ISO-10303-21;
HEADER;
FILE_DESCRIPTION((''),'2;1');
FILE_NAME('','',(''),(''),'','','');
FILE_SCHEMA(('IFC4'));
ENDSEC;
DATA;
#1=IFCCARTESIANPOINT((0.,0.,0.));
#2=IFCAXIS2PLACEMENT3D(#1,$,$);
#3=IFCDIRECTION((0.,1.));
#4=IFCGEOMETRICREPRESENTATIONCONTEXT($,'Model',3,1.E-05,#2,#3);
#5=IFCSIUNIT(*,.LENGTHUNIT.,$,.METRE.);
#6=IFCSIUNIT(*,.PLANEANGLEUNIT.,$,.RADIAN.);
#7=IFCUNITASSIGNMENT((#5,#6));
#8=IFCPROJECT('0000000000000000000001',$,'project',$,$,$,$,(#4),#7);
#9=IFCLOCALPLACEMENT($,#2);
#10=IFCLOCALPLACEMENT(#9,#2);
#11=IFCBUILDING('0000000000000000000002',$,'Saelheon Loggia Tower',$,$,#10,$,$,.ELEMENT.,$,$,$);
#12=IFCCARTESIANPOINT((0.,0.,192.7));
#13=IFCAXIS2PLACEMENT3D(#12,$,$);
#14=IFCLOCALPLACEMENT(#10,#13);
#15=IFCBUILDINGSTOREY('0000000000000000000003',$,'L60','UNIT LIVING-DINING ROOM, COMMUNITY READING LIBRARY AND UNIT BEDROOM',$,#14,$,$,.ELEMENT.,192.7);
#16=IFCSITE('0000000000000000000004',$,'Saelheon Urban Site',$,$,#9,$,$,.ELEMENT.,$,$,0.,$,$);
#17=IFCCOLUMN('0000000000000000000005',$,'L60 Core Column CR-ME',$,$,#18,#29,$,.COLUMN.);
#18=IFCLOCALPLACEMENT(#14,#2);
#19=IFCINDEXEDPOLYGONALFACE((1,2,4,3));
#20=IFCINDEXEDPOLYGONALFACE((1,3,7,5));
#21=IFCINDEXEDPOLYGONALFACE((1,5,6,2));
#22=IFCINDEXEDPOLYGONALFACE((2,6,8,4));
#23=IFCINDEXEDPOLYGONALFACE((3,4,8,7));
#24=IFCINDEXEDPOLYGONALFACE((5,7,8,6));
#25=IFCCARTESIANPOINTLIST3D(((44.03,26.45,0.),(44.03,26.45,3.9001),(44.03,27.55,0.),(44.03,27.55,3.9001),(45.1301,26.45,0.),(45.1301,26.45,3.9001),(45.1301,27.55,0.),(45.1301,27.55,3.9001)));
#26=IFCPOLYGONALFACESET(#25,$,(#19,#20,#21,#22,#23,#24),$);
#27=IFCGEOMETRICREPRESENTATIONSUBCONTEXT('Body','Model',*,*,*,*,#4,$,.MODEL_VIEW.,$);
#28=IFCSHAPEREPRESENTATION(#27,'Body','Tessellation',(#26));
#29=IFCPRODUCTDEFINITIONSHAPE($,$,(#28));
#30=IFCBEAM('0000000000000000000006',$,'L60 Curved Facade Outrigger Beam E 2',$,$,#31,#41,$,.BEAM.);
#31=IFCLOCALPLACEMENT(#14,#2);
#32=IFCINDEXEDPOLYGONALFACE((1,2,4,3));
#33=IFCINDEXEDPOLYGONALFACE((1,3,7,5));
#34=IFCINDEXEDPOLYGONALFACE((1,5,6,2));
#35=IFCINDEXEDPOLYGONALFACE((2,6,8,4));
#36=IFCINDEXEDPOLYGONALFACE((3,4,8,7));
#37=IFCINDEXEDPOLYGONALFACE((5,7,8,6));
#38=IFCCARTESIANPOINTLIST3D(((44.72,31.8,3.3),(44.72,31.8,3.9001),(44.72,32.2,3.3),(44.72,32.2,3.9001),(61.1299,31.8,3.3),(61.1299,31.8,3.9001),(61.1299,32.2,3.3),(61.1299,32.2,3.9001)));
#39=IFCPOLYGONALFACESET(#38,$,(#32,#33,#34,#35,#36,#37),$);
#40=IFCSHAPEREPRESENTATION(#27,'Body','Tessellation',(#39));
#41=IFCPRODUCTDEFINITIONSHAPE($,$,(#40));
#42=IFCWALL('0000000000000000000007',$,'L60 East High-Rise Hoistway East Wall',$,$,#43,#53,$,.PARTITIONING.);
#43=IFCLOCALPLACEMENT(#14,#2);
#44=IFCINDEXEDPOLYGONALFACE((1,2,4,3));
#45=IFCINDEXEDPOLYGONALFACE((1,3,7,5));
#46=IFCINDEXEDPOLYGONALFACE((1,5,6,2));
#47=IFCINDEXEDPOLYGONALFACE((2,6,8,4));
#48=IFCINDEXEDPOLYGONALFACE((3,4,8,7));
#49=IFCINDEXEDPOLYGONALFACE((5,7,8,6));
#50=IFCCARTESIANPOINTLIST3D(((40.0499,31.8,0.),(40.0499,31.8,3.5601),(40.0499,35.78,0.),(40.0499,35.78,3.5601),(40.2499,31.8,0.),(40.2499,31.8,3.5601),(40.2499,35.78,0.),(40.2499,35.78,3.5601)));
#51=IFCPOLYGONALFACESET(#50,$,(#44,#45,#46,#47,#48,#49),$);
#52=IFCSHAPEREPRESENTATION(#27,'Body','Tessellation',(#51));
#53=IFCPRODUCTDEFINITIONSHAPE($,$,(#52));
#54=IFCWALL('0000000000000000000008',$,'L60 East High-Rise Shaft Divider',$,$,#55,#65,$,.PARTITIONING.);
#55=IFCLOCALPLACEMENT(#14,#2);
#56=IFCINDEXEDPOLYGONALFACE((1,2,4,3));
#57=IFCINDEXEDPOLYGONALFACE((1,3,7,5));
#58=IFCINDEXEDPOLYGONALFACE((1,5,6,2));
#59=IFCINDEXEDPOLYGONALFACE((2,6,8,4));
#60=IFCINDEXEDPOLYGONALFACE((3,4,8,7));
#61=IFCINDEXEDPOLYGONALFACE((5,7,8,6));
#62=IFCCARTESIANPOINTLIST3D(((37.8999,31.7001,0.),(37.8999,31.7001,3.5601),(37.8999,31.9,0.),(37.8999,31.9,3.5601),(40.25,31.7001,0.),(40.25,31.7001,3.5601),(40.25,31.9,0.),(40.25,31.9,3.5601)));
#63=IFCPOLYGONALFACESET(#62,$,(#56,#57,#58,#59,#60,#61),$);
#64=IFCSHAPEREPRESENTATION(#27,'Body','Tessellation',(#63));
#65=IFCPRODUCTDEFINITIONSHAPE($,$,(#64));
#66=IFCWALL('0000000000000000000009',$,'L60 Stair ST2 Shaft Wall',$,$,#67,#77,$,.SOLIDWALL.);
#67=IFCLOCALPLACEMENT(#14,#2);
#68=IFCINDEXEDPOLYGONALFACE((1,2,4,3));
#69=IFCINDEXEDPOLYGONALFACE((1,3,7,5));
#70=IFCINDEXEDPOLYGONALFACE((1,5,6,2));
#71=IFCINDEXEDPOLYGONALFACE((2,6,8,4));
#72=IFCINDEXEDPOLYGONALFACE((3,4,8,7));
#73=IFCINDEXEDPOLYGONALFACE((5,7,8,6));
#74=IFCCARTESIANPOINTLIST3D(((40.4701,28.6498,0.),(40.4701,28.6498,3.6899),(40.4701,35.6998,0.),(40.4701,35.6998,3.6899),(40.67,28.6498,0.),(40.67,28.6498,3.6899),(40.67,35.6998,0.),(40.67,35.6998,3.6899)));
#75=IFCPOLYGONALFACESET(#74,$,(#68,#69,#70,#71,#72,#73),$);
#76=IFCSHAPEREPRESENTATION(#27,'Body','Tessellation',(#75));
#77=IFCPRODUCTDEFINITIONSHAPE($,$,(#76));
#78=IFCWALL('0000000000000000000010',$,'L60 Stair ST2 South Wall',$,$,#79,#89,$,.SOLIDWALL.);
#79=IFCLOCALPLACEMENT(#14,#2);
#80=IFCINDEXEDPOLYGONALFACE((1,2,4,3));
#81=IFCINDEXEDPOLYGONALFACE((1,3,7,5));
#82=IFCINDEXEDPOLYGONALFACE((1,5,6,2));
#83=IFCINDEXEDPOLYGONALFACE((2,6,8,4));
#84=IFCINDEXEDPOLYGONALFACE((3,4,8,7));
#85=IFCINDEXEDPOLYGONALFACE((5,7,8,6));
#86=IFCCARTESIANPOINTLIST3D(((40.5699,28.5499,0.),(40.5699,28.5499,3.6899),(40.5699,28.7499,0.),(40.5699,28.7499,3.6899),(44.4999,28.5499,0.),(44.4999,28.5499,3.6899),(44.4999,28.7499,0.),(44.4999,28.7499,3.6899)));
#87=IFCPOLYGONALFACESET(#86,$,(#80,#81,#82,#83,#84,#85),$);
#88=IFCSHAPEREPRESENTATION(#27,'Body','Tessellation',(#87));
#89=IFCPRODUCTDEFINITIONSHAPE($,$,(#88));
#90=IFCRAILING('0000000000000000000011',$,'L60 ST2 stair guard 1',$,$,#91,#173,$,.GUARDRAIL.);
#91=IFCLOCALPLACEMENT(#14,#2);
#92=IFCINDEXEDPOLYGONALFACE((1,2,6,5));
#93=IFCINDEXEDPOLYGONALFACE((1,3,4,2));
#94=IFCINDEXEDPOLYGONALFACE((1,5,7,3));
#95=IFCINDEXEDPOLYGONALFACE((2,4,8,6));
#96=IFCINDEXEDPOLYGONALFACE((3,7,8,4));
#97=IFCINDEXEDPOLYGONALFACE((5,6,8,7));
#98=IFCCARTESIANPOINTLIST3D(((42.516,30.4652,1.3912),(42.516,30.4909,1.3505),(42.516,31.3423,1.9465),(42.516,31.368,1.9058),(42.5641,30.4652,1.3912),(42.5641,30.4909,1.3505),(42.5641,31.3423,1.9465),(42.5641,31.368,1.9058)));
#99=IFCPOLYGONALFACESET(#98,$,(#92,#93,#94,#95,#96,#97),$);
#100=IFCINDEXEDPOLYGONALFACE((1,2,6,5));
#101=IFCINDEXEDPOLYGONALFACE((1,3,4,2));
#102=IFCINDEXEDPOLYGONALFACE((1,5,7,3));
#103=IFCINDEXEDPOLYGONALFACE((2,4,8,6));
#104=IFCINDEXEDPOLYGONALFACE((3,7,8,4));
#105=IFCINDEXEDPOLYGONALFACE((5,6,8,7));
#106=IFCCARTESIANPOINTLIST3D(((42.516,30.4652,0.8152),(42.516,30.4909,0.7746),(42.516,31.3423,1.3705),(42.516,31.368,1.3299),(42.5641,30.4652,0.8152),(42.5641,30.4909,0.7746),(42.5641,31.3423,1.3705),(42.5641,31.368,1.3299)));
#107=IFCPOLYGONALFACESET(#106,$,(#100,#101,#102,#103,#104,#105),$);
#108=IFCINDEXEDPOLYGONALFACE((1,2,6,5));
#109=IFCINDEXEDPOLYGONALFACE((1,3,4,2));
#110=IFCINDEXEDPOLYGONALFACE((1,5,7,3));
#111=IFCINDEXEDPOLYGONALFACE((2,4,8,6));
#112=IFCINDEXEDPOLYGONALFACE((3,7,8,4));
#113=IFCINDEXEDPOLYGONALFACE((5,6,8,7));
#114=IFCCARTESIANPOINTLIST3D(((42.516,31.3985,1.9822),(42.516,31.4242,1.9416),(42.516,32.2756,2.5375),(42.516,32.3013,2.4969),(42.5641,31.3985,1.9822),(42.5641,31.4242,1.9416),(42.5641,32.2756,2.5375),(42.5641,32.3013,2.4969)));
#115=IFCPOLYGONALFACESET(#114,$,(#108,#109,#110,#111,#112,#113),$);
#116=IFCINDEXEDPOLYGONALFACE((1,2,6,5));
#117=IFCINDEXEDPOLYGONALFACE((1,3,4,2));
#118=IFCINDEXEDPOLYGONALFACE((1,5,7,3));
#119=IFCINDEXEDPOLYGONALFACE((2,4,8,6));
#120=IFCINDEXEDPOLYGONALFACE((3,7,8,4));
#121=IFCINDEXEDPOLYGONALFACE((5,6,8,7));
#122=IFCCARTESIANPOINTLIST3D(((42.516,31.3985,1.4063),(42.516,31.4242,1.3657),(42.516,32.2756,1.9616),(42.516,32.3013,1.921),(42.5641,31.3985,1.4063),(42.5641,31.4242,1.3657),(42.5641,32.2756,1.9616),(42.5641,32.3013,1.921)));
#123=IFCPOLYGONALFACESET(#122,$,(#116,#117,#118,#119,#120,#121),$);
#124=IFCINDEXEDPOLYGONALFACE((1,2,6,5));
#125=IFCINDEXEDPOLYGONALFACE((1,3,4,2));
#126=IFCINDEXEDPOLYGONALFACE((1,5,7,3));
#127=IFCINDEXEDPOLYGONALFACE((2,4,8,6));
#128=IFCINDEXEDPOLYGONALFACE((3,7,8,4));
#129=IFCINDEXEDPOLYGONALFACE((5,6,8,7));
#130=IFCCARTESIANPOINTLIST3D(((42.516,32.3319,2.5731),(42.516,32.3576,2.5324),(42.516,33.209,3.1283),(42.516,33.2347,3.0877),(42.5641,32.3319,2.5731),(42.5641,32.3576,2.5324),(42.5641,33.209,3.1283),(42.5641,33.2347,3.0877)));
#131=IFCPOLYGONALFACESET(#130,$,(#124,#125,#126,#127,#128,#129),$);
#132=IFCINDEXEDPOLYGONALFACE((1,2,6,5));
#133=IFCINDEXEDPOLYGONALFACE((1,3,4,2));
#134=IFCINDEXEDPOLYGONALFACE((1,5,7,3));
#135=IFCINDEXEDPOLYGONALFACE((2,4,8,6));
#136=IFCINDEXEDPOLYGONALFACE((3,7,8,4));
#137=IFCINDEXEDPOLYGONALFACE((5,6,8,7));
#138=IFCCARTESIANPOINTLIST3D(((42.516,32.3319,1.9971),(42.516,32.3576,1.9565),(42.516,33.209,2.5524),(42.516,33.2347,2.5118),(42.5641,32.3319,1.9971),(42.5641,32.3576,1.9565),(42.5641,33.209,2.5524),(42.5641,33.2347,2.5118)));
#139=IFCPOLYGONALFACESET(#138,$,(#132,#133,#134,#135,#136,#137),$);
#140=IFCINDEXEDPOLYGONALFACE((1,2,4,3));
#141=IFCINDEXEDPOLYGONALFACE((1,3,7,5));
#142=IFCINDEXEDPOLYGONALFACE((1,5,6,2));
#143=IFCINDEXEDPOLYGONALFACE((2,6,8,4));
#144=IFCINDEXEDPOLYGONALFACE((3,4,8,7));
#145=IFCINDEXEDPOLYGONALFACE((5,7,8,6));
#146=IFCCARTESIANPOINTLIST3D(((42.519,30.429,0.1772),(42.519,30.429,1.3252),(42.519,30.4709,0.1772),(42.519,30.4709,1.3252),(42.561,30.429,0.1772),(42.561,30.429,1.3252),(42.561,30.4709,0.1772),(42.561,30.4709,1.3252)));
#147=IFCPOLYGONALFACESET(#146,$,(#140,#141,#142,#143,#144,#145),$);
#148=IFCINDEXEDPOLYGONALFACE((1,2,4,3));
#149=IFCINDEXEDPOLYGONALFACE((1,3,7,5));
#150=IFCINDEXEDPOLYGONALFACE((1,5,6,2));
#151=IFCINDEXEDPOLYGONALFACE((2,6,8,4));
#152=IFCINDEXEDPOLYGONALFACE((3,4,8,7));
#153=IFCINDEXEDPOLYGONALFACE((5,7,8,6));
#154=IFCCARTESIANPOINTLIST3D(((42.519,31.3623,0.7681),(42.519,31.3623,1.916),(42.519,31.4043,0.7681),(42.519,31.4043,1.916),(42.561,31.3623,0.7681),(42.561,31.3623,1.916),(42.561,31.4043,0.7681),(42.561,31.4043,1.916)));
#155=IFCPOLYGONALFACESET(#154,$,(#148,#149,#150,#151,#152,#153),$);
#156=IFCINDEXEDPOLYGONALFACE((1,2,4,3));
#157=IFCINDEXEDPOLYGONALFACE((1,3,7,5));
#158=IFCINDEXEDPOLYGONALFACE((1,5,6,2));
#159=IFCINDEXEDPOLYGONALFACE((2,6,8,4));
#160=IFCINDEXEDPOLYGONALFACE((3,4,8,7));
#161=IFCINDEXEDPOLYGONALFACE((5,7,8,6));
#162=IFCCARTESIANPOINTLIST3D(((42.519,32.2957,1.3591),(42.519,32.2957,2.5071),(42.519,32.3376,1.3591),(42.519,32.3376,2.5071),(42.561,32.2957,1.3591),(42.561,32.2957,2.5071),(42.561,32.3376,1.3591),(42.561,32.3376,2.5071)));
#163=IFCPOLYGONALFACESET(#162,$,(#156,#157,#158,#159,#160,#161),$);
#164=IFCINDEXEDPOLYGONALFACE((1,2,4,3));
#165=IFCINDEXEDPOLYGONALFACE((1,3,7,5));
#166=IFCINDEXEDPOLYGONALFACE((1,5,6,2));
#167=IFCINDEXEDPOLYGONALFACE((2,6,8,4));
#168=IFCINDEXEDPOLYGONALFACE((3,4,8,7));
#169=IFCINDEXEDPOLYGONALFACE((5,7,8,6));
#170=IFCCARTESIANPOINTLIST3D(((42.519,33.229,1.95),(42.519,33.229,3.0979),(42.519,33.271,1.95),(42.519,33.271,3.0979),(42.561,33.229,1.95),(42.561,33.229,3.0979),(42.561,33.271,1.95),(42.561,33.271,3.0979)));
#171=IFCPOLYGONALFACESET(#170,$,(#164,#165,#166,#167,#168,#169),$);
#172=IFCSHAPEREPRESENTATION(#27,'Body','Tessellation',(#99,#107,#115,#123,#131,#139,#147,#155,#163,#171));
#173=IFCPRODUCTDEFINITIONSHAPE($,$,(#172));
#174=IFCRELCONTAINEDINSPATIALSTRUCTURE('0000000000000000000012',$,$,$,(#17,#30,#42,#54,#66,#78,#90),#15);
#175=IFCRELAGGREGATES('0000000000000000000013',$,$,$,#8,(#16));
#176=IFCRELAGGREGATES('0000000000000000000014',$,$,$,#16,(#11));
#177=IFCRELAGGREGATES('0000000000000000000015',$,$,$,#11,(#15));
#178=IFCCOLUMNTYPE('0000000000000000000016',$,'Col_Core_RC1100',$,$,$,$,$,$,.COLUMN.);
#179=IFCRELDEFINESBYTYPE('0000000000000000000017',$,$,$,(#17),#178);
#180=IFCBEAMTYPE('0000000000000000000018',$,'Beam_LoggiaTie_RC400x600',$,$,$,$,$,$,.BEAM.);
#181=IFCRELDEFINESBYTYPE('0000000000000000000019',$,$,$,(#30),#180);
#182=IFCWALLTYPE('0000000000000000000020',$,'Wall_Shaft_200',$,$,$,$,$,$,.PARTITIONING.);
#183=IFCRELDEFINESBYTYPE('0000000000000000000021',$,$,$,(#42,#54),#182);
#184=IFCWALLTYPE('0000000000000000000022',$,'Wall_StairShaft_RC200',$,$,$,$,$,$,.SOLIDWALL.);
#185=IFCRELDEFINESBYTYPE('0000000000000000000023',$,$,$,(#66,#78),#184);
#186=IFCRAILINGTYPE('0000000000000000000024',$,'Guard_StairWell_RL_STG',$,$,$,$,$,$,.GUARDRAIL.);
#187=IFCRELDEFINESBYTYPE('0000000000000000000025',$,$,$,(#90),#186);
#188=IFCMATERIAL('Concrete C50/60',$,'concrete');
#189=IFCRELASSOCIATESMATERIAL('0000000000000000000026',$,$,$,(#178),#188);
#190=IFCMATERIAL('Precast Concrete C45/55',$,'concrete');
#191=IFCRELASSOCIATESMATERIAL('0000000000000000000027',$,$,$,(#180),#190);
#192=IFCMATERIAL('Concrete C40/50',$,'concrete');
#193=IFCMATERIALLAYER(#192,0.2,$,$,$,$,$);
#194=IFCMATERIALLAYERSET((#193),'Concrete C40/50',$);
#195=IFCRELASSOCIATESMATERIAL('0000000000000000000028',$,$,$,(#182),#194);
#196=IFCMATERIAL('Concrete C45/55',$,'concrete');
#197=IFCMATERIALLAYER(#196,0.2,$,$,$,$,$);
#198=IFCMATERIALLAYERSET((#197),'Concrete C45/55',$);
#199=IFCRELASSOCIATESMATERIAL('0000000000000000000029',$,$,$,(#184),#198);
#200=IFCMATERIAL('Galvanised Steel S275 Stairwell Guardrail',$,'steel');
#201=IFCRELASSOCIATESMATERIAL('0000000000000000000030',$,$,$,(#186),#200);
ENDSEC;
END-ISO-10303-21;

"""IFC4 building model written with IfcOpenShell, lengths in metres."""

from ifc_helpers import new_model, si_unit, direction, frame, frame_2d, origin, origin_2d, place, context, subcontext, project, spatial, rectangle, extrude, source, transform, mapped, material, layer, layer_set, material_profile, profile_set, type_object, element, save


model = new_model("IFC4")

# Units and contexts
model_context = context("Model", 3, precision=1e-05, world=origin(), true_north=direction((0.0, 1.0)))
body_context = subcontext(model_context, "Body", "Model", "MODEL_VIEW")
ifc_project = project(units=[si_unit("LENGTHUNIT", "METRE"), si_unit("PLANEANGLEUNIT", "RADIAN")], contexts=[model_context])

# Site, building, storey
site_placement = place(None, origin())
site = spatial("IfcSite", under=ifc_project, at=site_placement, Name="Saelheon Urban Site", CompositionType="ELEMENT", RefElevation=0.0)
building_placement = place(site_placement, origin())
building = spatial("IfcBuilding", under=site, at=building_placement, Name="Saelheon Loggia Tower", CompositionType="ELEMENT")
storey_placement = place(building_placement, frame((0.0, 0.0, 192.7)))
storey = spatial("IfcBuildingStorey", under=building, at=storey_placement, Name="L60", Description="UNIT LIVING-DINING ROOM, COMMUNITY READING LIBRARY AND UNIT BEDROOM", CompositionType="ELEMENT", Elevation=192.7)

# Column
ifc_material_1 = material(Name="Concrete C50/60", Category="concrete")
ifc_material_profile_1 = material_profile(ifc_material_1, rectangle(XDim=1.1001, YDim=1.1001, at=origin_2d()), Name="RC-1100x1100")
ifc_profile_set_1 = profile_set([ifc_material_profile_1], Name="Concrete C50/60")
column_type = type_object("IfcColumnType", Name="Col_Core_RC1100", PredefinedType="COLUMN", material=ifc_profile_set_1)
shared_shape_1 = source(origin(), body_context, "Body", "SweptSolid", [
    extrude(rectangle(XDim=1.1001, YDim=1.1001, at=origin_2d()), origin(), (0.0, 0.0, 1.0), 3.9001),
])
column_placement = place(storey_placement, frame((44.5801, 27.0, 0.0), z_axis=(0.0, 0.0, 1.0), x_axis=(1.0, 0.0, 0.0)))
element("IfcColumn", 1, at=column_placement, inside=storey, type_object=column_type, Name="L60 Core Column CR-ME", PredefinedType="COLUMN", context=body_context, shape_type="MappedRepresentation", body=[
    mapped(shared_shape_1, transform((0.0, 0.0, 0.0), scale=1.0)),
])

# Beam
ifc_material_2 = material(Name="Precast Concrete C45/55", Category="concrete")
ifc_material_profile_2 = material_profile(ifc_material_2, rectangle(XDim=0.3999, YDim=0.6001, at=origin_2d()), Name="RC-400x600")
ifc_profile_set_2 = profile_set([ifc_material_profile_2], Name="Precast Concrete C45/55")
beam_type = type_object("IfcBeamType", Name="Beam_LoggiaTie_RC400x600", PredefinedType="BEAM", material=ifc_profile_set_2)
shared_shape_2 = source(origin(), body_context, "Body", "SweptSolid", [
    extrude(rectangle(XDim=0.3999, YDim=0.6001, at=origin_2d()), origin(), (0.0, 0.0, 1.0), 16.4099),
])
beam_placement = place(storey_placement, frame((44.72, 32.0, 3.6001), z_axis=(1.0, 0.0, 0.0), x_axis=(0.0, 1.0, 0.0)))
element("IfcBeam", 2, at=beam_placement, inside=storey, type_object=beam_type, Name="L60 Curved Facade Outrigger Beam E 2", PredefinedType="BEAM", context=body_context, shape_type="MappedRepresentation", body=[
    mapped(shared_shape_2, transform((0.0, 0.0, 0.0), scale=1.0)),
])

# Walls
ifc_material_3 = material(Name="Concrete C40/50", Category="concrete")
ifc_layer_1 = layer(ifc_material_3, 0.2)
ifc_layer_set_1 = layer_set([ifc_layer_1], Name="Concrete C40/50")
wall_type_1 = type_object("IfcWallType", Name="Wall_Shaft_200", PredefinedType="PARTITIONING", material=ifc_layer_set_1)
wall_1_placement = place(storey_placement, frame((40.1499, 31.8, 0.0), z_axis=(0.0, 0.0, 1.0), x_axis=(0.0, 1.0, 0.0)))
element("IfcWall", 3, at=wall_1_placement, inside=storey, type_object=wall_type_1, Name="L60 East High-Rise Hoistway East Wall", PredefinedType="PARTITIONING", context=body_context, shape_type="SweptSolid", body=[
    extrude(rectangle(XDim=3.98, YDim=0.2, at=frame_2d((1.99, 0.0))), origin(), (0.0, 0.0, 1.0), 3.5601),
])
wall_2_placement = place(storey_placement, frame((37.8999, 31.8, 0.0), z_axis=(0.0, 0.0, 1.0), x_axis=(1.0, 0.0, 0.0)))
element("IfcWall", 4, at=wall_2_placement, inside=storey, type_object=wall_type_1, Name="L60 East High-Rise Shaft Divider", PredefinedType="PARTITIONING", context=body_context, shape_type="SweptSolid", body=[
    extrude(rectangle(XDim=2.3501, YDim=0.2, at=frame_2d((1.175, 0.0))), origin(), (0.0, 0.0, 1.0), 3.5601),
])
ifc_material_4 = material(Name="Concrete C45/55", Category="concrete")
ifc_layer_2 = layer(ifc_material_4, 0.2)
ifc_layer_set_2 = layer_set([ifc_layer_2], Name="Concrete C45/55")
wall_type_2 = type_object("IfcWallType", Name="Wall_StairShaft_RC200", PredefinedType="SOLIDWALL", material=ifc_layer_set_2)
wall_3_placement = place(storey_placement, frame((40.5701, 28.6499, 0.0), z_axis=(0.0, 0.0, 1.0), x_axis=(0.0, 1.0, 0.0)))
element("IfcWall", 5, at=wall_3_placement, inside=storey, type_object=wall_type_2, Name="L60 Stair ST2 Shaft Wall", PredefinedType="SOLIDWALL", context=body_context, shape_type="SweptSolid", body=[
    extrude(rectangle(XDim=7.05, YDim=0.2, at=frame_2d((3.5249, 0.0))), origin(), (0.0, 0.0, 1.0), 3.6899),
])
wall_4_placement = place(storey_placement, frame((40.5701, 28.6499, 0.0), z_axis=(0.0, 0.0, 1.0), x_axis=(1.0, 0.0, 0.0)))
element("IfcWall", 6, at=wall_4_placement, inside=storey, type_object=wall_type_2, Name="L60 Stair ST2 South Wall", PredefinedType="SOLIDWALL", context=body_context, shape_type="SweptSolid", body=[
    extrude(rectangle(XDim=3.9299, YDim=0.2, at=frame_2d((1.9648, 0.0))), origin(), (0.0, 0.0, 1.0), 3.6899),
])

# Railing
ifc_material_5 = material(Name="Galvanised Steel S275 Stairwell Guardrail", Category="steel")
railing_type_1 = type_object("IfcRailingType", Name="Guard_StairWell_RL_STG", PredefinedType="GUARDRAIL", material=ifc_material_5)
railing_1_placement = place(storey_placement, frame((42.54, 30.45, 0.1772)))
element("IfcRailing", 7, at=railing_1_placement, inside=storey, type_object=railing_type_1, Name="L60 ST2 stair guard 1", PredefinedType="GUARDRAIL", context=body_context, shape_type="SweptSolid", body=[
    extrude(rectangle(XDim=0.0481, YDim=0.0481, at=origin_2d()), frame((0.0, 0.0281, 1.1936), z_axis=(0.0, 0.844909, 0.53491), x_axis=(-1.0, 0.0, 0.0)), (0.0, 0.0, 1.0), 1.0381),
    extrude(rectangle(XDim=0.0481, YDim=0.0481, at=origin_2d()), frame((0.0, 0.0281, 0.6177), z_axis=(0.0, 0.844909, 0.53491), x_axis=(-1.0, 0.0, 0.0)), (0.0, 0.0, 1.0), 1.0381),
    extrude(rectangle(XDim=0.0481, YDim=0.0481, at=origin_2d()), frame((0.0, 0.9614, 1.7847), z_axis=(0.0, 0.844909, 0.53491), x_axis=(-1.0, 0.0, 0.0)), (0.0, 0.0, 1.0), 1.0381),
    extrude(rectangle(XDim=0.0481, YDim=0.0481, at=origin_2d()), frame((0.0, 0.9614, 1.2087), z_axis=(0.0, 0.844909, 0.53491), x_axis=(-1.0, 0.0, 0.0)), (0.0, 0.0, 1.0), 1.0381),
    extrude(rectangle(XDim=0.0481, YDim=0.0481, at=origin_2d()), frame((0.0, 1.8948, 2.3755), z_axis=(0.0, 0.844909, 0.53491), x_axis=(-1.0, 0.0, 0.0)), (0.0, 0.0, 1.0), 1.0381),
    extrude(rectangle(XDim=0.0481, YDim=0.0481, at=origin_2d()), frame((0.0, 1.8948, 1.7996), z_axis=(0.0, 0.844909, 0.53491), x_axis=(-1.0, 0.0, 0.0)), (0.0, 0.0, 1.0), 1.0381),
    extrude(rectangle(XDim=0.042, YDim=0.042, at=origin_2d()), origin(), (0.0, 0.0, 1.0), 1.1479),
    extrude(rectangle(XDim=0.042, YDim=0.042, at=origin_2d()), frame((0.0, 0.9333, 0.5908)), (0.0, 0.0, 1.0), 1.1479),
    extrude(rectangle(XDim=0.042, YDim=0.042, at=origin_2d()), frame((0.0, 1.8667, 1.1819)), (0.0, 0.0, 1.0), 1.1479),
    extrude(rectangle(XDim=0.042, YDim=0.042, at=origin_2d()), frame((0.0, 2.8, 1.7727)), (0.0, 0.0, 1.0), 1.1479),
])

save(model, "model.ifc")
